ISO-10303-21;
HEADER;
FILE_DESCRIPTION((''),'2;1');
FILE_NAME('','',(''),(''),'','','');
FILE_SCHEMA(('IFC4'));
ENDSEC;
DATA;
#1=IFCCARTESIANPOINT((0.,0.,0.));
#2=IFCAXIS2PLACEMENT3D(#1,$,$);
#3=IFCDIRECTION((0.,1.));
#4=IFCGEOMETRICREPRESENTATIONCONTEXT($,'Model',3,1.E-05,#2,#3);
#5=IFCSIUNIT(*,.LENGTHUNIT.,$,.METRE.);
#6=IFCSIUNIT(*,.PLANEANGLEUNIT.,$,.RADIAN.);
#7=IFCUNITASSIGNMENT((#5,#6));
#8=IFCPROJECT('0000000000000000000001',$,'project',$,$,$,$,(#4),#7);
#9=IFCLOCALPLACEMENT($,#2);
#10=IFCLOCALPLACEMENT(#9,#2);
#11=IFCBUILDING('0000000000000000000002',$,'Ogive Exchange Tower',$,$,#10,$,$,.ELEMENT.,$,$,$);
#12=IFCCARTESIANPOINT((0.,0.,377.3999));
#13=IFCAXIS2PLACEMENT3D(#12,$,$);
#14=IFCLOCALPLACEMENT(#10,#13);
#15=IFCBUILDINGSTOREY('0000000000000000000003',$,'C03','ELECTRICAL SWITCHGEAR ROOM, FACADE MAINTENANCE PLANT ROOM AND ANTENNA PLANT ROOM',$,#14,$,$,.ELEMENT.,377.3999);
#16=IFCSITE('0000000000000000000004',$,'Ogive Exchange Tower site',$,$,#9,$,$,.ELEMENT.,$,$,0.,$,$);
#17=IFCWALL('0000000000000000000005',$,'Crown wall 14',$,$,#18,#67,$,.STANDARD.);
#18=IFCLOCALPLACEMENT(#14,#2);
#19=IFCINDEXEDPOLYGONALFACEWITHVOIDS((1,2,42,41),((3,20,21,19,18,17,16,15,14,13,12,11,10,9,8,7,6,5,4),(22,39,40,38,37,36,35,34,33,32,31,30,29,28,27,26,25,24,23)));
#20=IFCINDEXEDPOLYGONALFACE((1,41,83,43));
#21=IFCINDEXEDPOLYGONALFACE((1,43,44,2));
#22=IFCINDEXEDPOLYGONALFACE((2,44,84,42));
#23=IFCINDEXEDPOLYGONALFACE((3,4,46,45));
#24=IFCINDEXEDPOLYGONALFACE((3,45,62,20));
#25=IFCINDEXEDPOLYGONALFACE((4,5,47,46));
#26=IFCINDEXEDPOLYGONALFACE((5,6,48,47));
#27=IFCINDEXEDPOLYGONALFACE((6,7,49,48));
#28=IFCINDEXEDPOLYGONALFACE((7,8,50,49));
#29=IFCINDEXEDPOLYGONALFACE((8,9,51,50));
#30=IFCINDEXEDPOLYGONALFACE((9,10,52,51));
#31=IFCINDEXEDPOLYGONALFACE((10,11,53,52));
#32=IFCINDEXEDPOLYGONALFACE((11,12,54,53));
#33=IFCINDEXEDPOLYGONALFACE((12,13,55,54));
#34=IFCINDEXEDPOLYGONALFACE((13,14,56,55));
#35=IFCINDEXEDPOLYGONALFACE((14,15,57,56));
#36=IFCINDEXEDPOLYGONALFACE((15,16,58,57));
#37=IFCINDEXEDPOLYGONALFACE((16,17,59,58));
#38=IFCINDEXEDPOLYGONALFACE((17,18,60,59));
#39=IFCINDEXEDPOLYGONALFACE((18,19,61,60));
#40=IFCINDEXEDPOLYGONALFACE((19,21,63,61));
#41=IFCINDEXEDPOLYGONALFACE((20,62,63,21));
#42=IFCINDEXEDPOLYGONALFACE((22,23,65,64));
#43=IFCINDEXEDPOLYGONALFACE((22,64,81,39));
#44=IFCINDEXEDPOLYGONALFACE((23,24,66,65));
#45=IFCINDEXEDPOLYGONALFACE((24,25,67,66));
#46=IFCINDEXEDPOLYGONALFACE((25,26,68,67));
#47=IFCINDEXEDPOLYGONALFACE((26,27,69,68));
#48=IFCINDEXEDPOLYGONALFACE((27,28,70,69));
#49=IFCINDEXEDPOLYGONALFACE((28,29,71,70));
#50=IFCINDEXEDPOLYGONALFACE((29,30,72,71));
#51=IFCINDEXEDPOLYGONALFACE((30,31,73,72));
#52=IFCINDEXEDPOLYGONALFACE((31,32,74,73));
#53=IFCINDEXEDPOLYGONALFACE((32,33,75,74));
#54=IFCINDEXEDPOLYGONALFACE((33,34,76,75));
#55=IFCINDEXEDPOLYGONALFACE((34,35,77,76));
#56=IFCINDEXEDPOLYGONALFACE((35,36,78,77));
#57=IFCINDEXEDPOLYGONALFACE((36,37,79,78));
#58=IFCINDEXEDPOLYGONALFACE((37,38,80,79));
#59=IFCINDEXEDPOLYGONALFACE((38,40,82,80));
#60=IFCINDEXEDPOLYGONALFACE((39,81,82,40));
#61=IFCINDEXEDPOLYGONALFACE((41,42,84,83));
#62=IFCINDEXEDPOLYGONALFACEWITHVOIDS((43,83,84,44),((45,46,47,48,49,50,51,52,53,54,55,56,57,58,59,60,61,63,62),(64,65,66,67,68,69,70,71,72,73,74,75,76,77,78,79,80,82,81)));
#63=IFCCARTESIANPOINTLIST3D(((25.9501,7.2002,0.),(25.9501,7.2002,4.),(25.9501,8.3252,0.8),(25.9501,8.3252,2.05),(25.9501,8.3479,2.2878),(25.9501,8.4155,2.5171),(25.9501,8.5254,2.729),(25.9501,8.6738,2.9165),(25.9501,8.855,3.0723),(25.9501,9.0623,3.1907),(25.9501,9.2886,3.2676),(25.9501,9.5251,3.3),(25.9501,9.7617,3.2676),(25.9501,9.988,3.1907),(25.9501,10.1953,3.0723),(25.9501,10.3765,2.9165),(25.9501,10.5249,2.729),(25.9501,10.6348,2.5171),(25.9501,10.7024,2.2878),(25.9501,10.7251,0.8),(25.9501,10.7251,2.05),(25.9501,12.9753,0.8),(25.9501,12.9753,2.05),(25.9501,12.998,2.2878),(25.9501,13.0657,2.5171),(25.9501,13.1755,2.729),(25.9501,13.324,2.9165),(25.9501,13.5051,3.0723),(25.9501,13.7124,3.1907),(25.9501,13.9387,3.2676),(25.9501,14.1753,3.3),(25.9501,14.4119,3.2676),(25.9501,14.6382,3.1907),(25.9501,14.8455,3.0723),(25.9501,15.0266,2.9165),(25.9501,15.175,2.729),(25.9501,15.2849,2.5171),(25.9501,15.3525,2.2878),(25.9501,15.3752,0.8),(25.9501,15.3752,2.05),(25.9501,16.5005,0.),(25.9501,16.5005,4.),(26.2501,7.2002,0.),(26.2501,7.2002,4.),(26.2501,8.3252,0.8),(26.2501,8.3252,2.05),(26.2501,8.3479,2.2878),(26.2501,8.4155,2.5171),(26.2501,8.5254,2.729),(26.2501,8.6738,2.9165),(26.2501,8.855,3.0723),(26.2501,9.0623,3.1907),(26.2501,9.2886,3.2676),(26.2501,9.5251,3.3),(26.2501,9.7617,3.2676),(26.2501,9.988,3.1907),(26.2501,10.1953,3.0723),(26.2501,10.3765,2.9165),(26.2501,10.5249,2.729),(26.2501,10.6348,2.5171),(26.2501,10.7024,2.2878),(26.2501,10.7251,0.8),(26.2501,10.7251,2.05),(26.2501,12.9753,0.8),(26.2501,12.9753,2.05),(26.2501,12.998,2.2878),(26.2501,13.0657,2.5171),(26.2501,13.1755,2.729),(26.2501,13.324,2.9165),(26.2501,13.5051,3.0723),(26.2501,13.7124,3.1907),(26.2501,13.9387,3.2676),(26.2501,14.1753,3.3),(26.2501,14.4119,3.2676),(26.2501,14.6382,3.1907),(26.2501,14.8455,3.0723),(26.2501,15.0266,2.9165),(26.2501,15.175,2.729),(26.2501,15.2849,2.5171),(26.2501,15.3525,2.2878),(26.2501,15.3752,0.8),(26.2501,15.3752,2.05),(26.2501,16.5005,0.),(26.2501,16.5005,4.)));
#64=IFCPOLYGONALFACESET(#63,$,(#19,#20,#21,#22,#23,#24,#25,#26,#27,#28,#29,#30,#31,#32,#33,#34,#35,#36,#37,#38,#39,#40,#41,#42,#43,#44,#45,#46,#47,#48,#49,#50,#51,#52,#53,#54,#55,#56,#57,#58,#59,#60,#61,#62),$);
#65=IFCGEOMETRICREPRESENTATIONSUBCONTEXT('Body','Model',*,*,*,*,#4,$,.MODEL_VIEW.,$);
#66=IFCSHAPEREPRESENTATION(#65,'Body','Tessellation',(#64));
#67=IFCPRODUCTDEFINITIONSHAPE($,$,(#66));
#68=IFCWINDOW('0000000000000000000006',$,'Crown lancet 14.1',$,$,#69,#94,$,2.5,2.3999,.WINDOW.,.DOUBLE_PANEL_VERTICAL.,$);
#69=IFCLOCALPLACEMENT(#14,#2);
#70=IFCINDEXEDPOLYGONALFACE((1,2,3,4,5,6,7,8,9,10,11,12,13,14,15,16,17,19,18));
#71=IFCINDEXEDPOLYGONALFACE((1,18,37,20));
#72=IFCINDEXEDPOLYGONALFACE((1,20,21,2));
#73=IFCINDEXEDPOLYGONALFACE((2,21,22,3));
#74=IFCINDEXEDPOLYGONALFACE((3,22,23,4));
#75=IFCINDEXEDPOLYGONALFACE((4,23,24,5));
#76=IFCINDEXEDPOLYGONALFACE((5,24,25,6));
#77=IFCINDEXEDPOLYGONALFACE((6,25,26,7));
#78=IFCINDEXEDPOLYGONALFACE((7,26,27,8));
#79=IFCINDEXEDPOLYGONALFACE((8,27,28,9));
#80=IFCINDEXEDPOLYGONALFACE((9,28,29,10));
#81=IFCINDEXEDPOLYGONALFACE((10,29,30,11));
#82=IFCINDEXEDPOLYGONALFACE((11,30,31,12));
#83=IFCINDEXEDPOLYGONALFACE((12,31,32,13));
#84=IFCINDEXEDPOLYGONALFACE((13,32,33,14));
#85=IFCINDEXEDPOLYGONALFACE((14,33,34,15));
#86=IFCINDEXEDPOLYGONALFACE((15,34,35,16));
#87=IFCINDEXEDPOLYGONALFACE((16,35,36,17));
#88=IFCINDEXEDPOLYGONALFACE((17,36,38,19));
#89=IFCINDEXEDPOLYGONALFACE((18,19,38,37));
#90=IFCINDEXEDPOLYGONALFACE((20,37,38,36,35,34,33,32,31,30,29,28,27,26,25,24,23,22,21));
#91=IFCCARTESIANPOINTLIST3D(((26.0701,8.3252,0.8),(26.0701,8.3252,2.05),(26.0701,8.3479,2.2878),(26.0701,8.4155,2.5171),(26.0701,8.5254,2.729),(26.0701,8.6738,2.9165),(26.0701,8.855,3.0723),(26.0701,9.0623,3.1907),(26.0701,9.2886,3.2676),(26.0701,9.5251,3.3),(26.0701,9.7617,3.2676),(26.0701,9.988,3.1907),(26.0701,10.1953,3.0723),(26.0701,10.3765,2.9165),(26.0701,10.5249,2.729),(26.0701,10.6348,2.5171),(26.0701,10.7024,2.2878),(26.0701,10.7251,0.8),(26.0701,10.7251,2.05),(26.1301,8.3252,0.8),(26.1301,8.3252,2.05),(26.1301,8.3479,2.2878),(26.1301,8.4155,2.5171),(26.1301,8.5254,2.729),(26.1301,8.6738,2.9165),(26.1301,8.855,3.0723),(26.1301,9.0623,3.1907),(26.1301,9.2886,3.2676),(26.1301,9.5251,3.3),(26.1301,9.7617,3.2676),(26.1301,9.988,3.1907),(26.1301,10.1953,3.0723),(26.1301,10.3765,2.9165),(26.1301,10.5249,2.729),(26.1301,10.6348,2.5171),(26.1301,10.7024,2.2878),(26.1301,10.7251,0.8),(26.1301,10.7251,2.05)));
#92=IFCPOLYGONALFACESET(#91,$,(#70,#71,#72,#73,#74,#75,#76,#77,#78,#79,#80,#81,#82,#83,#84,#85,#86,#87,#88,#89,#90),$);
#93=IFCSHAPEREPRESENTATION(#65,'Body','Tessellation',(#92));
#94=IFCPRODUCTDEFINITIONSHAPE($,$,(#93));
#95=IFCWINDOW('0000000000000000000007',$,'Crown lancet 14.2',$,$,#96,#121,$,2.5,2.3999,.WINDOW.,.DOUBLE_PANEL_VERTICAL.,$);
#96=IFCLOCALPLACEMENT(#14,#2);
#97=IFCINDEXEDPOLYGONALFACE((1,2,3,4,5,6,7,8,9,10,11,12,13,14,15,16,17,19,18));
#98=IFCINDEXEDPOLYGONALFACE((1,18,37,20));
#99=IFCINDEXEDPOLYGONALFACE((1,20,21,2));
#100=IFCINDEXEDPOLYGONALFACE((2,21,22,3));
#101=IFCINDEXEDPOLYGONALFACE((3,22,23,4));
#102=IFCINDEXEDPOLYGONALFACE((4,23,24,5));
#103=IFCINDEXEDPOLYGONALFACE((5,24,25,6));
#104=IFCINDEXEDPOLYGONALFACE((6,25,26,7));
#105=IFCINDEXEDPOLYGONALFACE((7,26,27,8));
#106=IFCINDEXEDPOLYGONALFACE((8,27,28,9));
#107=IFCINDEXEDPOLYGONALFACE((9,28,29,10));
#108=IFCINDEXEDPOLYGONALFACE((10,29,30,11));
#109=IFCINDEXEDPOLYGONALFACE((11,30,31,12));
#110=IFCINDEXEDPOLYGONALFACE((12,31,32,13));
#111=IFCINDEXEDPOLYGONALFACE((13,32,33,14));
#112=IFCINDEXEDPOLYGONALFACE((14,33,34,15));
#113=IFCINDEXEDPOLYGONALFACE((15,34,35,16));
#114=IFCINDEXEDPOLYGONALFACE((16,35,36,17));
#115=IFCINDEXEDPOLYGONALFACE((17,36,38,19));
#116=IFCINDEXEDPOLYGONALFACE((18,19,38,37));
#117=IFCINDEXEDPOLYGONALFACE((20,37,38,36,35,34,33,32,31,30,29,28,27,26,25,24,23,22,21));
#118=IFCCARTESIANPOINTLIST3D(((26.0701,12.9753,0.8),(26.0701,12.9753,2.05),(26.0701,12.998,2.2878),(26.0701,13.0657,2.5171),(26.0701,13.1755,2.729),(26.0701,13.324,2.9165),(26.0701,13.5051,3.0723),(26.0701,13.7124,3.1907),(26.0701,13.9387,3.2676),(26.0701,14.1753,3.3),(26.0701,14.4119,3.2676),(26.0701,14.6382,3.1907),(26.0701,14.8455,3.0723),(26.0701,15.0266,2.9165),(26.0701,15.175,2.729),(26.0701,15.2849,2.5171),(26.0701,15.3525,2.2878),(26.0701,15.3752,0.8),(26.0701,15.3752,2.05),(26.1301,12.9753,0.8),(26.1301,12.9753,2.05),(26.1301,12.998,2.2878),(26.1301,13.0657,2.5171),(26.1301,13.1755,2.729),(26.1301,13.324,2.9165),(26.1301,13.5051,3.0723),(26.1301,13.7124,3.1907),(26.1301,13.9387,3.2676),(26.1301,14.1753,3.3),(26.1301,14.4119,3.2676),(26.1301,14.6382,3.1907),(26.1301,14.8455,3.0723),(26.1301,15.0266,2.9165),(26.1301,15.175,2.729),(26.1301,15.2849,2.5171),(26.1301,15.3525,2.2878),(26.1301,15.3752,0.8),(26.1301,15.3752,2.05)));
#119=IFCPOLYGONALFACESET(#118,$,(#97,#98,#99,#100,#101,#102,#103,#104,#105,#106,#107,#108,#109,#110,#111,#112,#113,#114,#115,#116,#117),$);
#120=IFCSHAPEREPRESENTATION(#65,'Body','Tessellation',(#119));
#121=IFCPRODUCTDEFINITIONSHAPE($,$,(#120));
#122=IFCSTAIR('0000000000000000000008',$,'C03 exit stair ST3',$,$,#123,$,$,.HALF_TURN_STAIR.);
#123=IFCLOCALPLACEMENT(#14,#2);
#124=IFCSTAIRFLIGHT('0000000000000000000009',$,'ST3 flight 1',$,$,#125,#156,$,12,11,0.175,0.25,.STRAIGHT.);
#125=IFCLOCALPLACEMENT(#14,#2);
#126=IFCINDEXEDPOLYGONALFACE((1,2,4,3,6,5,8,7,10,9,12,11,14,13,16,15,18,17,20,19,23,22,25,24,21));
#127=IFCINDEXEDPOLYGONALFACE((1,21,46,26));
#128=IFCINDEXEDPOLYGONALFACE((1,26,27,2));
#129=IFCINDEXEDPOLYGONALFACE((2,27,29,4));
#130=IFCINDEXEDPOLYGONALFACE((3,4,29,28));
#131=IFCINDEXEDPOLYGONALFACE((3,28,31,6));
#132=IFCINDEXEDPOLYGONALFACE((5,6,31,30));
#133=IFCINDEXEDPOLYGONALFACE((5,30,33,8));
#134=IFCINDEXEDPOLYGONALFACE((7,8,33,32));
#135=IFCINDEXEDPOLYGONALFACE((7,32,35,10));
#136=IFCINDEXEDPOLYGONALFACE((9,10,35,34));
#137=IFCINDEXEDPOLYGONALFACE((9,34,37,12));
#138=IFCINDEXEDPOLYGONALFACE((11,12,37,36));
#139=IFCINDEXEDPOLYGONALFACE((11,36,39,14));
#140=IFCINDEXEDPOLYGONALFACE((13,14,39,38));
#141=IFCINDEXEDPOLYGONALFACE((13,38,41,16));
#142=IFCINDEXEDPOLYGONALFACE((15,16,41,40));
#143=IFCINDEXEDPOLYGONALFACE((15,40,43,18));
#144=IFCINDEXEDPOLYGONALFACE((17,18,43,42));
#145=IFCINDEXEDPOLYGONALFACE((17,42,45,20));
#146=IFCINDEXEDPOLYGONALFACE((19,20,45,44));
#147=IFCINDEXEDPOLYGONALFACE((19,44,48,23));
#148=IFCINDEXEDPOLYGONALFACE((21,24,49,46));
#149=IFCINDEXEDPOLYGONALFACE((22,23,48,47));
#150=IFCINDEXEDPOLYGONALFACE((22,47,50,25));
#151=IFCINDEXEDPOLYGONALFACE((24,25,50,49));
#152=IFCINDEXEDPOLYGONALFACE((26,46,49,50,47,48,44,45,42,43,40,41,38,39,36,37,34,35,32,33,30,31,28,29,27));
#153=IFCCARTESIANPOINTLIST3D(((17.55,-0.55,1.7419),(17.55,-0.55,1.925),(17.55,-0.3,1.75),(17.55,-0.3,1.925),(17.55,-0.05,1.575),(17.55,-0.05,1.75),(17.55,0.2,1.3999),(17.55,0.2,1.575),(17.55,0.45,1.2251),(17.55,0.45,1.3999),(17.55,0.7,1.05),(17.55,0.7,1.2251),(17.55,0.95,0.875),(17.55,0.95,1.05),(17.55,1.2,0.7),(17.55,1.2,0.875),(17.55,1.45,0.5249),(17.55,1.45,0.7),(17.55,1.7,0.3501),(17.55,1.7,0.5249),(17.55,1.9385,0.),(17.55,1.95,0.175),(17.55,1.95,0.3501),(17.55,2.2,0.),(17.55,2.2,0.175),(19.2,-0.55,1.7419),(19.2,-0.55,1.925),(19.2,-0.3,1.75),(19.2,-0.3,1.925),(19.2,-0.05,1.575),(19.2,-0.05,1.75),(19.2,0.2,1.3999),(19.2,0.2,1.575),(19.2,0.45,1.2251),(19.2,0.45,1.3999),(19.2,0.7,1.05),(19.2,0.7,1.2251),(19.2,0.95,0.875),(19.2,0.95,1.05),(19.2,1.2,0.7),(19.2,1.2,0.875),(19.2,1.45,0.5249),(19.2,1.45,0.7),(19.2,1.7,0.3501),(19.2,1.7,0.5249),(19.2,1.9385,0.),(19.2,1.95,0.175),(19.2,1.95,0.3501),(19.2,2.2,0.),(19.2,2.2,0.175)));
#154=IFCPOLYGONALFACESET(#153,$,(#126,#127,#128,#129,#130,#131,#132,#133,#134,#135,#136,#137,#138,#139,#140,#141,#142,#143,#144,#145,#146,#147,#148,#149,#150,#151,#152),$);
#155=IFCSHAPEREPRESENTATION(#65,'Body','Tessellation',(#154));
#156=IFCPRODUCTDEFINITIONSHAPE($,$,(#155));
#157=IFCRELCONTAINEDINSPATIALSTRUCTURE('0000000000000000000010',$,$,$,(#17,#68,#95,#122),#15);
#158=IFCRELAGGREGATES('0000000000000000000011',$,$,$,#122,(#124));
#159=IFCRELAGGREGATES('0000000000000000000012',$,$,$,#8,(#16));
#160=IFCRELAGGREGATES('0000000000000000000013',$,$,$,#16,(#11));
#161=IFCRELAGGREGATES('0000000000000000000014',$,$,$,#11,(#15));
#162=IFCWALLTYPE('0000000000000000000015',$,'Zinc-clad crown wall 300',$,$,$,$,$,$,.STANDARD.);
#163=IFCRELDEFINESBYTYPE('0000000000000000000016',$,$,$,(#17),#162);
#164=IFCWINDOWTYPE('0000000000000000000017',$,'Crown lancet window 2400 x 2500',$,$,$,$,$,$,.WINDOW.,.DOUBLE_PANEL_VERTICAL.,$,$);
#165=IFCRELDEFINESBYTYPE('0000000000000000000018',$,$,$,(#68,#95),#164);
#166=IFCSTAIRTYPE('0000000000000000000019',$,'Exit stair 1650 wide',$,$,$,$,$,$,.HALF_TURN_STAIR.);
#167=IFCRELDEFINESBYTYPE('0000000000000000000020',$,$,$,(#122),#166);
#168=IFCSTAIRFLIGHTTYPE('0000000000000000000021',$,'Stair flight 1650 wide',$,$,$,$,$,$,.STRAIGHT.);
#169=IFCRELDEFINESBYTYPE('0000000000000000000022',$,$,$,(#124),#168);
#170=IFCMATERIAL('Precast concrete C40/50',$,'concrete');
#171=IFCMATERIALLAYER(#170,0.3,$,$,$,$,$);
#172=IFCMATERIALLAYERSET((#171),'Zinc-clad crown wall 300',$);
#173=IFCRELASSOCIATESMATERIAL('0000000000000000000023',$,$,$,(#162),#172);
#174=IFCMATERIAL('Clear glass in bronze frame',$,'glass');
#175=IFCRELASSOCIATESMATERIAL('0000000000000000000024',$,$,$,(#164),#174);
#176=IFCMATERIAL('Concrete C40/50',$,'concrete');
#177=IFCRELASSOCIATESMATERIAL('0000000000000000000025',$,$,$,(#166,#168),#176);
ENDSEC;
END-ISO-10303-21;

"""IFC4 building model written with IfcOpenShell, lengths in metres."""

from ifc_helpers import new_model, si_unit, direction, frame, frame_2d, origin, place, context, subcontext, project, spatial, polyline, rectangle, outline, extrude, material, layer, layer_set, type_object, element, fill, aggregate, save


model = new_model("IFC4")

# Units and contexts
model_context = context("Model", 3, precision=1e-05, world=origin(), true_north=direction((0.0, 1.0)))
body_context = subcontext(model_context, "Body", "Model", "MODEL_VIEW")
ifc_project = project(units=[si_unit("LENGTHUNIT", "METRE"), si_unit("PLANEANGLEUNIT", "RADIAN")], contexts=[model_context])

# Site, building, storey
site_placement = place(None, origin())
site = spatial("IfcSite", under=ifc_project, at=site_placement, Name="Ogive Exchange Tower site", CompositionType="ELEMENT", RefElevation=0.0)
building_placement = place(site_placement, origin())
building = spatial("IfcBuilding", under=site, at=building_placement, Name="Ogive Exchange Tower", CompositionType="ELEMENT")
storey_placement = place(building_placement, frame((0.0, 0.0, 377.3999)))
storey = spatial("IfcBuildingStorey", under=building, at=storey_placement, Name="C03", Description="ELECTRICAL SWITCHGEAR ROOM, FACADE MAINTENANCE PLANT ROOM AND ANTENNA PLANT ROOM", CompositionType="ELEMENT", Elevation=377.3999)

# Shared definitions
ifc_material_1 = material(Name="Precast concrete C40/50", Category="concrete")
ifc_layer_1 = layer(ifc_material_1, 0.3)
ifc_layer_set_1 = layer_set([ifc_layer_1], Name="Zinc-clad crown wall 300")
wall_type_1 = type_object("IfcWallType", Name="Zinc-clad crown wall 300", PredefinedType="STANDARD", material=ifc_layer_set_1)

# Wall, openings, windows
ifc_material_2 = material(Name="Clear glass in bronze frame", Category="glass")
window_type = type_object("IfcWindowType", Name="Crown lancet window 2400 x 2500", PartitioningType="DOUBLE_PANEL_VERTICAL", PredefinedType="WINDOW", material=ifc_material_2)
wall_1_placement = place(storey_placement, frame((26.1001, 7.2002, 0.0), z_axis=(0.0, 0.0, 1.0), x_axis=(0.0, 1.0, 0.0)))
wall_1 = element("IfcWall", 1, at=wall_1_placement, inside=storey, type_object=wall_type_1, Name="Crown wall 14", PredefinedType="STANDARD", context=body_context, shape_type="SweptSolid", body=[
    extrude(rectangle(XDim=9.3003, YDim=0.3, at=frame_2d((4.6501, 0.0))), origin(), (0.0, 0.0, 1.0), 4.0),
])
opening_1_placement = place(wall_1_placement, frame((1.125, 0.0, 0.8)))
opening_1 = element("IfcOpeningElement", 2, at=opening_1_placement, cuts=wall_1, PredefinedType="OPENING", context=body_context, shape_type="SweptSolid", body=[
    extrude(outline(polyline([(0.0, 0.0), (2.3999, 0.0), (2.3999, 1.25), (2.3772, 1.4878), (2.3096, 1.717), (2.1997, 1.929), (2.0513, 2.1165), (1.8701, 2.2722), (1.6628, 2.3906), (1.4365, 2.4675), (1.2, 2.5), (0.9634, 2.4675), (0.7371, 2.3906), (0.5298, 2.2722), (0.3486, 2.1165), (0.2002, 1.929), (0.0903, 1.717), (0.0227, 1.4878), (0.0, 1.25), (0.0, 0.0)])), frame((0.0, 0.1599, 0.0), z_axis=(0.0, -1.0, 0.0), x_axis=(1.0, 0.0, 0.0)), (0.0, 0.0, 1.0), 0.3201),
])
opening_2_placement = place(wall_1_placement, frame((5.7751, 0.0, 0.8)))
opening_2 = element("IfcOpeningElement", 3, at=opening_2_placement, cuts=wall_1, PredefinedType="OPENING", context=body_context, shape_type="SweptSolid", body=[
    extrude(outline(polyline([(0.0, 0.0), (2.3999, 0.0), (2.3999, 1.25), (2.3772, 1.4878), (2.3096, 1.717), (2.1997, 1.929), (2.0513, 2.1165), (1.8701, 2.2722), (1.6628, 2.3906), (1.4365, 2.4675), (1.2, 2.5), (0.9634, 2.4675), (0.7371, 2.3906), (0.5298, 2.2722), (0.3486, 2.1165), (0.2002, 1.929), (0.0903, 1.717), (0.0227, 1.4878), (0.0, 1.25), (0.0, 0.0)])), frame((0.0, 0.1599, 0.0), z_axis=(0.0, -1.0, 0.0), x_axis=(1.0, 0.0, 0.0)), (0.0, 0.0, 1.0), 0.3201),
])
window_1_placement = place(opening_1_placement, origin())
window_1 = element("IfcWindow", 4, at=window_1_placement, inside=storey, type_object=window_type, Name="Crown lancet 14.1", OverallHeight=2.5, OverallWidth=2.3999, PartitioningType="DOUBLE_PANEL_VERTICAL", PredefinedType="WINDOW", context=body_context, shape_type="SweptSolid", body=[
    extrude(outline(polyline([(0.0, 0.0), (2.3999, 0.0), (2.3999, 1.25), (2.3772, 1.4878), (2.3096, 1.717), (2.1997, 1.929), (2.0513, 2.1165), (1.8701, 2.2722), (1.6628, 2.3906), (1.4365, 2.4675), (1.2, 2.5), (0.9634, 2.4675), (0.7371, 2.3906), (0.5298, 2.2722), (0.3486, 2.1165), (0.2002, 1.929), (0.0903, 1.717), (0.0227, 1.4878), (0.0, 1.25), (0.0, 0.0)])), frame((0.0, 0.03, 0.0), z_axis=(0.0, -1.0, 0.0), x_axis=(1.0, 0.0, 0.0)), (0.0, 0.0, 1.0), 0.0601),
])
fill(opening_1, window_1)
window_2_placement = place(opening_2_placement, origin())
window_2 = element("IfcWindow", 5, at=window_2_placement, inside=storey, type_object=window_type, Name="Crown lancet 14.2", OverallHeight=2.5, OverallWidth=2.3999, PartitioningType="DOUBLE_PANEL_VERTICAL", PredefinedType="WINDOW", context=body_context, shape_type="SweptSolid", body=[
    extrude(outline(polyline([(0.0, 0.0), (2.3999, 0.0), (2.3999, 1.25), (2.3772, 1.4878), (2.3096, 1.717), (2.1997, 1.929), (2.0513, 2.1165), (1.8701, 2.2722), (1.6628, 2.3906), (1.4365, 2.4675), (1.2, 2.5), (0.9634, 2.4675), (0.7371, 2.3906), (0.5298, 2.2722), (0.3486, 2.1165), (0.2002, 1.929), (0.0903, 1.717), (0.0227, 1.4878), (0.0, 1.25), (0.0, 0.0)])), frame((0.0, 0.03, 0.0), z_axis=(0.0, -1.0, 0.0), x_axis=(1.0, 0.0, 0.0)), (0.0, 0.0, 1.0), 0.0601),
])
fill(opening_2, window_2)

# Stair, stair flight
ifc_material_3 = material(Name="Concrete C40/50", Category="concrete")
stair_type = type_object("IfcStairType", Name="Exit stair 1650 wide", PredefinedType="HALF_TURN_STAIR", material=ifc_material_3)
stair_placement = place(storey_placement, origin())
stair = element("IfcStair", 6, at=stair_placement, inside=storey, type_object=stair_type, Name="C03 exit stair ST3", PredefinedType="HALF_TURN_STAIR")
stair_flight_type = type_object("IfcStairFlightType", Name="Stair flight 1650 wide", PredefinedType="STRAIGHT", material=ifc_material_3)
stair_flight_1_placement = place(storey_placement, frame((18.375, 2.2, 0.0), z_axis=(0.0, 0.0, 1.0), x_axis=(0.0, -1.0, 0.0)))
stair_flight_1 = element("IfcStairFlight", 7, at=stair_flight_1_placement, type_object=stair_flight_type, Name="ST3 flight 1", NumberOfRisers=12, NumberOfTreads=11, PredefinedType="STRAIGHT", RiserHeight=0.175, TreadLength=0.25, context=body_context, shape_type="SweptSolid", body=[
    extrude(outline(polyline([(0.0, 0.0), (0.0, 0.175), (0.25, 0.175), (0.25, 0.3501), (0.5, 0.3501), (0.5, 0.5249), (0.75, 0.5249), (0.75, 0.7), (1.0, 0.7), (1.0, 0.875), (1.25, 0.875), (1.25, 1.05), (1.5, 1.05), (1.5, 1.2251), (1.75, 1.2251), (1.75, 1.3999), (2.0, 1.3999), (2.0, 1.575), (2.25, 1.575), (2.25, 1.75), (2.5, 1.75), (2.5, 1.925), (2.75, 1.925), (2.75, 2.1001), (2.75, 1.7419), (0.2615, 0.0), (0.0, 0.0)])), frame((0.0, 0.825, 0.0), z_axis=(0.0, -1.0, 0.0), x_axis=(1.0, 0.0, 0.0)), (0.0, 0.0, 1.0), 1.6499),
])
aggregate(stair, [stair_flight_1])

save(model, "model.ifc")
